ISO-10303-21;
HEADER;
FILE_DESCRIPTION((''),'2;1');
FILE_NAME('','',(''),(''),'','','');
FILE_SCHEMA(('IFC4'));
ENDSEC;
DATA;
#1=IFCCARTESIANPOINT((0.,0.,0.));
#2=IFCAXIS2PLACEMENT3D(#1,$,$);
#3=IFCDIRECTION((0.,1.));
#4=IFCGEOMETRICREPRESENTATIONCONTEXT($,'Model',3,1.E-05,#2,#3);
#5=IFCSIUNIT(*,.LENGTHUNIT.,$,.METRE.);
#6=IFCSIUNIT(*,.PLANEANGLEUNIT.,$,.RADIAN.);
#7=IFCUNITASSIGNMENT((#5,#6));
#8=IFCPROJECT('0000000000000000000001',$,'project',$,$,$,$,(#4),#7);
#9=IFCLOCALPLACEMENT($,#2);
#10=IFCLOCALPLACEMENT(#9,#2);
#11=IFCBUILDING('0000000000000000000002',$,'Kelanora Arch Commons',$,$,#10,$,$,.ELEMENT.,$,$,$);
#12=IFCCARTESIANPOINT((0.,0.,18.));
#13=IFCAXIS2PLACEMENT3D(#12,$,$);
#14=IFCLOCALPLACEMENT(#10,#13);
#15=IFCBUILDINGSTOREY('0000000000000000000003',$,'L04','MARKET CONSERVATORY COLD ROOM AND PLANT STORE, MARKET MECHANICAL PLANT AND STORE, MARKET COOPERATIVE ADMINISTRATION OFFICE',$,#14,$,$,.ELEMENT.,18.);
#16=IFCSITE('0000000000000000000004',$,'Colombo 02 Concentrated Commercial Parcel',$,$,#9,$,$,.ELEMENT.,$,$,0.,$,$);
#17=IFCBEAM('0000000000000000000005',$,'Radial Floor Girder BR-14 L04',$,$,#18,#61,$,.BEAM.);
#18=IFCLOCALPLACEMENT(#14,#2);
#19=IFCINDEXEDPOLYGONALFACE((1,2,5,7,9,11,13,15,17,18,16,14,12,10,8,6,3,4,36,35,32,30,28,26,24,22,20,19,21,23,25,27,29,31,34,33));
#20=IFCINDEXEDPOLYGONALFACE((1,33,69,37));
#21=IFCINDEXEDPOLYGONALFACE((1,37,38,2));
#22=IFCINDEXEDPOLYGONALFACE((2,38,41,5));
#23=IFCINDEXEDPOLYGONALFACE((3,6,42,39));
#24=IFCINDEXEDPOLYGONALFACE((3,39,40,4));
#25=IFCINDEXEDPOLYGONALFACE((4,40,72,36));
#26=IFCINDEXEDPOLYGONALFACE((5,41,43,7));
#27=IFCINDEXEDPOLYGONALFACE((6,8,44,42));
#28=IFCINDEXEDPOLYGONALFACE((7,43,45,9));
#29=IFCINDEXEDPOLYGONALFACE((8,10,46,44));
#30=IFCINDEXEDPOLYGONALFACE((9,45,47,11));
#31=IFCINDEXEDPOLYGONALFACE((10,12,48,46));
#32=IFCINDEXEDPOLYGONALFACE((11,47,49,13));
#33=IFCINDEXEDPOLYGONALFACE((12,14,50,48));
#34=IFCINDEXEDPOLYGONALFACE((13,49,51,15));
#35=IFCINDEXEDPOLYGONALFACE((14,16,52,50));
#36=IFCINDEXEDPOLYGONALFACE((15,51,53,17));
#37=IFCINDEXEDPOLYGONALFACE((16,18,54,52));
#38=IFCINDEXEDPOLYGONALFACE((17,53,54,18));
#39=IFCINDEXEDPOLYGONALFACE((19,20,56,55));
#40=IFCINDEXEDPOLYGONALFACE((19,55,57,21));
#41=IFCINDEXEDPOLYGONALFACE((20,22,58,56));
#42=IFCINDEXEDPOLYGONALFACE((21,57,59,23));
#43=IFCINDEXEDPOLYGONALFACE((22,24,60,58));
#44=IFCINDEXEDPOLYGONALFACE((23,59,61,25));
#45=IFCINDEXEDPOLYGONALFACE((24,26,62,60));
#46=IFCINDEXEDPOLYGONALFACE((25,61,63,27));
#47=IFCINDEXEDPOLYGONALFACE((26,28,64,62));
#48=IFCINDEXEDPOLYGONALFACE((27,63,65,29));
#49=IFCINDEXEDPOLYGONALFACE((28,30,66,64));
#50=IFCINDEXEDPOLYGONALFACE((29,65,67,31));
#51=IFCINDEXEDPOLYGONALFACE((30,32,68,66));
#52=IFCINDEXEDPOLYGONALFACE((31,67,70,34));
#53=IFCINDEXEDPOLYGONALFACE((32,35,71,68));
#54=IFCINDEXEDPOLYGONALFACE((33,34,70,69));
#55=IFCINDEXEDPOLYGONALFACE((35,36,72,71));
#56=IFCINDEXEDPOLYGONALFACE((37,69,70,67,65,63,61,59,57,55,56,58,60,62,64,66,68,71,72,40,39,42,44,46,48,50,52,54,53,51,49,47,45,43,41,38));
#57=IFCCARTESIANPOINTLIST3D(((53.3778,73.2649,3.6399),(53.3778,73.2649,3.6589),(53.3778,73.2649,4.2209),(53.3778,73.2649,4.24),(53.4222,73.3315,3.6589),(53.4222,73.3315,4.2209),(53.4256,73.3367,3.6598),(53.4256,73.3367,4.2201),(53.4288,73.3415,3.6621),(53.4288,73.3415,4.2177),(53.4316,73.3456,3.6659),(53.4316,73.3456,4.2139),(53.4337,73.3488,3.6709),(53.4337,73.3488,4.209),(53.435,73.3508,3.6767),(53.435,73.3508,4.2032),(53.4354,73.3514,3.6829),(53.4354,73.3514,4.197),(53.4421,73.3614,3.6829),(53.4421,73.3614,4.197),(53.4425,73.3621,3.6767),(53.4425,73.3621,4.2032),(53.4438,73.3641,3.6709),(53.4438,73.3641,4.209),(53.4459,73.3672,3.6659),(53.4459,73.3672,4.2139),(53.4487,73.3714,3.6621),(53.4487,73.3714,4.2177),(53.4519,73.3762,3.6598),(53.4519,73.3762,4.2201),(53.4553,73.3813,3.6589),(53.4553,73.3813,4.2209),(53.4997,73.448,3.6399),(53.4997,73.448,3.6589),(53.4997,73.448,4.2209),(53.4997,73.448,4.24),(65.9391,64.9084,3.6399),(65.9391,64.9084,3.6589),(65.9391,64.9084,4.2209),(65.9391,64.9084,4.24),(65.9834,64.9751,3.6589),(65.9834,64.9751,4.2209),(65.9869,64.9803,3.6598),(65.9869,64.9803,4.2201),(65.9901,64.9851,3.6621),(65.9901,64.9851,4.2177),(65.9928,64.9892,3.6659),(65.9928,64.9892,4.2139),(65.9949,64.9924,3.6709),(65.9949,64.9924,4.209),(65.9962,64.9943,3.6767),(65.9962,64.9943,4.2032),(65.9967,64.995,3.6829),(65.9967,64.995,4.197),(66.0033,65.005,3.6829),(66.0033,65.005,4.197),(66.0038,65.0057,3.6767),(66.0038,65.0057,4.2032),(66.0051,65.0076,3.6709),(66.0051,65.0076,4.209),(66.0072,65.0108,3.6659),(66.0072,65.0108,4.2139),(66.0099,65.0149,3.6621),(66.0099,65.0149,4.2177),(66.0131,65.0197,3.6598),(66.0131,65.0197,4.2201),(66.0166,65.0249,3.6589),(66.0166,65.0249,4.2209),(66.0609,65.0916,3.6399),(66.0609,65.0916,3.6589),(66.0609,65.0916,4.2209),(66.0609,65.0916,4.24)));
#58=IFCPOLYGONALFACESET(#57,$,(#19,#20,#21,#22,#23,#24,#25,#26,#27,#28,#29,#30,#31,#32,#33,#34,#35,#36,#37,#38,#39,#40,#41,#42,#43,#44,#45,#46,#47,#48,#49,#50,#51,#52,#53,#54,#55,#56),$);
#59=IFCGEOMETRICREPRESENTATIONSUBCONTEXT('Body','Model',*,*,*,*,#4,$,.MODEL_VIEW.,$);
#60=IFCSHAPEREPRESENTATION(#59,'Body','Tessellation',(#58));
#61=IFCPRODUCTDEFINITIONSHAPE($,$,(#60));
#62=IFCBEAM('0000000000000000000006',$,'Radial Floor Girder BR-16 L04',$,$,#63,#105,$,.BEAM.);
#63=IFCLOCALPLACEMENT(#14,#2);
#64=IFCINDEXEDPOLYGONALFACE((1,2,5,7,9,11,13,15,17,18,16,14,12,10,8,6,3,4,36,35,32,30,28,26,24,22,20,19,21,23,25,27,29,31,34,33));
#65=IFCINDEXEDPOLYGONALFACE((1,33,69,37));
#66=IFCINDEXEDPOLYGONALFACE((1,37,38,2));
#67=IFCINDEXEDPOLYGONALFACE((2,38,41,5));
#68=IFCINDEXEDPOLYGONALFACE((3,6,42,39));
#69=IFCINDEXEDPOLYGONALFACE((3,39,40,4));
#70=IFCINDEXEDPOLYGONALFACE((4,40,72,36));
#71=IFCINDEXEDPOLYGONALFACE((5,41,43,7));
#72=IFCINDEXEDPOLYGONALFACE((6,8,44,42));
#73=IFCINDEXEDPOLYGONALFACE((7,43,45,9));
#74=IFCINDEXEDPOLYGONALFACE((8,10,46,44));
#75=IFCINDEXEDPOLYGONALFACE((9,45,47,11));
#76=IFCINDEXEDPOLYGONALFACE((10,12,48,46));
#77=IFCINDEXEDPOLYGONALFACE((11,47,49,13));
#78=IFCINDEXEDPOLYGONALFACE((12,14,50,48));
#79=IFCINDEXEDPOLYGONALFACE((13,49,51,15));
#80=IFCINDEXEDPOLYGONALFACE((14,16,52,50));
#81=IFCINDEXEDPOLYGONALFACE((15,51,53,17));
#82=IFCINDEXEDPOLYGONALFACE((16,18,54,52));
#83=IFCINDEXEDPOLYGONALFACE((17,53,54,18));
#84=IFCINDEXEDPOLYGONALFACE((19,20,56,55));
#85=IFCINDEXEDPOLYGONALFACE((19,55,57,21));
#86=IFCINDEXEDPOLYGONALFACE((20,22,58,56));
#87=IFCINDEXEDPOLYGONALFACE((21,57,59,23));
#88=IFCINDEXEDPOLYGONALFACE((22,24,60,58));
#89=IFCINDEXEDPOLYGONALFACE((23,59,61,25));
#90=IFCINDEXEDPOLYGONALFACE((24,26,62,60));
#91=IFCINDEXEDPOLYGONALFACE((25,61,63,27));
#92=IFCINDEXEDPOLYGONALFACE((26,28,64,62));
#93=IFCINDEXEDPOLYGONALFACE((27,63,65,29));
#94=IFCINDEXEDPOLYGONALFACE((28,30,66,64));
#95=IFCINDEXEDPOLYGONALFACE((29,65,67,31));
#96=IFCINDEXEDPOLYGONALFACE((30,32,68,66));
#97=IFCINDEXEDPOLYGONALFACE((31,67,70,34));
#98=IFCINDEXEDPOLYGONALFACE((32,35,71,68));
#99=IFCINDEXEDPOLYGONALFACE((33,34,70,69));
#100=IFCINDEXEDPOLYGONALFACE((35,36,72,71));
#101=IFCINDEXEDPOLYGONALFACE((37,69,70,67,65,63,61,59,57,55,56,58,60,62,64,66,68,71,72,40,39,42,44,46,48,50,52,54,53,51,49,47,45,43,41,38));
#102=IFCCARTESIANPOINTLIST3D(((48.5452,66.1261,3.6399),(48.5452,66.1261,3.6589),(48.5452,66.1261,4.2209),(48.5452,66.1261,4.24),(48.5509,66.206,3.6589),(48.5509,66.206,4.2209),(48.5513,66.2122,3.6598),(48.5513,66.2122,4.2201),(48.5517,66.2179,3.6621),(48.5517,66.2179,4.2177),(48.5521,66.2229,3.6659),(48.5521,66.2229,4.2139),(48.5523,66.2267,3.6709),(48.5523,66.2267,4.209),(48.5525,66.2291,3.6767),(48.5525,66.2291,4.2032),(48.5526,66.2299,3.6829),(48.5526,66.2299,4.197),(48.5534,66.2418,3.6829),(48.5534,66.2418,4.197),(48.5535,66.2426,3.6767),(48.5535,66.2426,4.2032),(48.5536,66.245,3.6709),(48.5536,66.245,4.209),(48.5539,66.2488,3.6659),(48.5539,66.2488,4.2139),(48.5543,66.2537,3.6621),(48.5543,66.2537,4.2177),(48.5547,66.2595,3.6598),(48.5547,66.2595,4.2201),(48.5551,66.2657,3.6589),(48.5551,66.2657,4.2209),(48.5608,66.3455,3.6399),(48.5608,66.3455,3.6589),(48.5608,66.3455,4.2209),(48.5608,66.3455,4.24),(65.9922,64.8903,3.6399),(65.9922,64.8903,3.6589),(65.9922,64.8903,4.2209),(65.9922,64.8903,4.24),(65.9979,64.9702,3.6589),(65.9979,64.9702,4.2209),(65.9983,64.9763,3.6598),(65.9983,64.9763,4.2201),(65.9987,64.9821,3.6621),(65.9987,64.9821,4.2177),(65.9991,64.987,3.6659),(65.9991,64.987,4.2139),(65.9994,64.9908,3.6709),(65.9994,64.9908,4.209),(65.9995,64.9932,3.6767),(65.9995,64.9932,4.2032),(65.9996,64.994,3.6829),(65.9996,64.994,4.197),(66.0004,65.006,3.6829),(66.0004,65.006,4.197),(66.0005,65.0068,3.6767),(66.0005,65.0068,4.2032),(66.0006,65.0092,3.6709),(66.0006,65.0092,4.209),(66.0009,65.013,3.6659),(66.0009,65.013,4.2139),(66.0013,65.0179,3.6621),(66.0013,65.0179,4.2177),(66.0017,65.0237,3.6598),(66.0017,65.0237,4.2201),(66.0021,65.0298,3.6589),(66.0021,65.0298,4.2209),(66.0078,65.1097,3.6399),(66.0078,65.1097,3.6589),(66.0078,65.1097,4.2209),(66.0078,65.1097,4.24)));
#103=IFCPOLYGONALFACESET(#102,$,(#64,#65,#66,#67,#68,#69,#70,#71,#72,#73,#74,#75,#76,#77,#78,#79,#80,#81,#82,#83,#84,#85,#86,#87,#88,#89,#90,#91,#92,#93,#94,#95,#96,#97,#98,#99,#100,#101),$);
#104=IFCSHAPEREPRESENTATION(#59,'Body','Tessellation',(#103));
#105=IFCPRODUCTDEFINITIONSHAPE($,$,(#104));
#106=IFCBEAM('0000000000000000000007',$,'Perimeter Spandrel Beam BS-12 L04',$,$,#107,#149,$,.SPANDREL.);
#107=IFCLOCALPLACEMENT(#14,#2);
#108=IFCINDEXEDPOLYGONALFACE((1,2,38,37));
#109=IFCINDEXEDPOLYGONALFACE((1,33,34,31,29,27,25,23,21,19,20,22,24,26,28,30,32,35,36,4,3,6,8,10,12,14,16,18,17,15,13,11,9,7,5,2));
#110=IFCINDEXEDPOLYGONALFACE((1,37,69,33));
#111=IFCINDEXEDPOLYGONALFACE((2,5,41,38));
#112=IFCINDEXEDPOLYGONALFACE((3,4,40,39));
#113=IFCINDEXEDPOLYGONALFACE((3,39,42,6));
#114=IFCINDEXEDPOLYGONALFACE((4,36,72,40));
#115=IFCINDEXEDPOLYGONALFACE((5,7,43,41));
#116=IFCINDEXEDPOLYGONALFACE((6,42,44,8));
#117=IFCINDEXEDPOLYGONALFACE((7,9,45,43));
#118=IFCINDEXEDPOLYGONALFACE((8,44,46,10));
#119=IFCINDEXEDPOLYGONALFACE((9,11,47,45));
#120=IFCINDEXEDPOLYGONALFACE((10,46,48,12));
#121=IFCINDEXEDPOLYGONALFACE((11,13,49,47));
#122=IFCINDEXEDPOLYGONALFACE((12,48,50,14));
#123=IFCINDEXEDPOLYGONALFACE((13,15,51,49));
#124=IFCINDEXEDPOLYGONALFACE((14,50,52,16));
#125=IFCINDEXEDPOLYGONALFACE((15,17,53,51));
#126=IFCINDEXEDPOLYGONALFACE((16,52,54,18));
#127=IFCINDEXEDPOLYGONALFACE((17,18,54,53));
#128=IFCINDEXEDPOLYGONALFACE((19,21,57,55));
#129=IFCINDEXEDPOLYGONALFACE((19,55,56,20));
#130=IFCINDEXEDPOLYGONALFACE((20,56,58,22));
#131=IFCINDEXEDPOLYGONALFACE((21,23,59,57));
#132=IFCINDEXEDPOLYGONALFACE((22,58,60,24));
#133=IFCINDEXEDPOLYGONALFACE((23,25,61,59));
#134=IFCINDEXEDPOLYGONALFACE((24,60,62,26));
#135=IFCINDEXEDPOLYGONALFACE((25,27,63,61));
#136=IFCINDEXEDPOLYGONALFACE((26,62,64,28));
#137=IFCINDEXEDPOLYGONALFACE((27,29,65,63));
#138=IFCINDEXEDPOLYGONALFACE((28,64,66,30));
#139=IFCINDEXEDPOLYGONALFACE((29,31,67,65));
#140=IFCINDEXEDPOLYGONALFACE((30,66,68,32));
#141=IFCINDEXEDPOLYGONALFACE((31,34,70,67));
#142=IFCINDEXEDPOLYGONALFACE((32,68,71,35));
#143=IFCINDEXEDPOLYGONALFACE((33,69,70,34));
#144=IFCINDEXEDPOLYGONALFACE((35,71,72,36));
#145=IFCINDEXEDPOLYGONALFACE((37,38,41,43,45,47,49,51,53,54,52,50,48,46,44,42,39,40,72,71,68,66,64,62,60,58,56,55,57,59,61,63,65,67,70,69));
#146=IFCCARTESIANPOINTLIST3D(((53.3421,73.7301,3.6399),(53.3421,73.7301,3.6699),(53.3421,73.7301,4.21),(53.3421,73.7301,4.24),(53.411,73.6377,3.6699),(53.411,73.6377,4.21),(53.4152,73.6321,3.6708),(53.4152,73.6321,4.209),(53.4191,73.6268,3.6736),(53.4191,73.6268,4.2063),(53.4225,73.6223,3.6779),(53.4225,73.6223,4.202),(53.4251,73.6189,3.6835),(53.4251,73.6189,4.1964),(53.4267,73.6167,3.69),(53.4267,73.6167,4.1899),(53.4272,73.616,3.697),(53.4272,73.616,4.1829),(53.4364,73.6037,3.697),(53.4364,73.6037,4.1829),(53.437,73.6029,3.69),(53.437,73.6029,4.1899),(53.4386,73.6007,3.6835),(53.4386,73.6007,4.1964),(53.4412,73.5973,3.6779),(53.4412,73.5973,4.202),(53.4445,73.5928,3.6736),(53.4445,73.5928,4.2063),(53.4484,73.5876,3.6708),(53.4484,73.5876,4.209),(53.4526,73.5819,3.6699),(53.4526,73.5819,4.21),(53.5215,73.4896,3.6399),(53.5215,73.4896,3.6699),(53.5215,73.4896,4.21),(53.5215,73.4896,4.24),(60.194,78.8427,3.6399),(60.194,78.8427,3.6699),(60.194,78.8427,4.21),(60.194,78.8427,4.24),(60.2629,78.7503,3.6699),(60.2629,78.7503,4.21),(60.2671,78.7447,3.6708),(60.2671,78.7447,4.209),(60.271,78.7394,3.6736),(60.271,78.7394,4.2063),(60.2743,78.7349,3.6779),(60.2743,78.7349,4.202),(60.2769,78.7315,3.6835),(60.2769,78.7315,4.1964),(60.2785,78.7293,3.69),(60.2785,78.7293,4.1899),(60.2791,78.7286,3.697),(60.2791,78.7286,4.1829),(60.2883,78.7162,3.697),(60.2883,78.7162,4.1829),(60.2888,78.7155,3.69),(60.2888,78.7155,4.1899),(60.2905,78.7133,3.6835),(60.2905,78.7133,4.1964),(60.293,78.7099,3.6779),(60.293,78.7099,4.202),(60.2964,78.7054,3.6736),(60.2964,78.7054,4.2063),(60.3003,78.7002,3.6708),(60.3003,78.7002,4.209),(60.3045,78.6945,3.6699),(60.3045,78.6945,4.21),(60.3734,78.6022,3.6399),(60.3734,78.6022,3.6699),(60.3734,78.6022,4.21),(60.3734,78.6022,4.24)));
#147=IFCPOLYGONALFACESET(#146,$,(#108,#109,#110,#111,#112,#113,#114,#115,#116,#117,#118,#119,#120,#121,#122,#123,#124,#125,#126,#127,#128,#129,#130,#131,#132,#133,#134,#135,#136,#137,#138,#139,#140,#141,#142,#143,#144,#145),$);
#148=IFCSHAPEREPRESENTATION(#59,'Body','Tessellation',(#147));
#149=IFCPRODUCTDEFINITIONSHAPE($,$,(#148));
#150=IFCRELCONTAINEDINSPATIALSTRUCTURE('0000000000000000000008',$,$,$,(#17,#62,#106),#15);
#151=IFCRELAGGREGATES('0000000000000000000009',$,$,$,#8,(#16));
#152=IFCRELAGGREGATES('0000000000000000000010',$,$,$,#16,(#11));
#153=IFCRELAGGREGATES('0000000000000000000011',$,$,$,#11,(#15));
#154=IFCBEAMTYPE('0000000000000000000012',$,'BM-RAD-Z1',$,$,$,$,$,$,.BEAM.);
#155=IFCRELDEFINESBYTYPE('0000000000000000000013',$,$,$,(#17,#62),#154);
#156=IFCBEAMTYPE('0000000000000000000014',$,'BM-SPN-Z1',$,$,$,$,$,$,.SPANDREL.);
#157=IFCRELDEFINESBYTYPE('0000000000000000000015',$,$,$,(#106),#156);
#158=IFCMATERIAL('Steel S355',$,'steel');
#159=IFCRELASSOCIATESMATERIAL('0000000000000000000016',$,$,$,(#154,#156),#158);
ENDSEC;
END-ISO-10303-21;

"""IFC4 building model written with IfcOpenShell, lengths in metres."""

from ifc_helpers import new_model, si_unit, direction, frame, origin, origin_2d, place, context, subcontext, project, spatial, i_section, extrude, material, material_profile, profile_set, type_object, element, save


model = new_model("IFC4")

# Units and contexts
model_context = context("Model", 3, precision=1e-05, world=origin(), true_north=direction((0.0, 1.0)))
body_context = subcontext(model_context, "Body", "Model", "MODEL_VIEW")
ifc_project = project(units=[si_unit("LENGTHUNIT", "METRE"), si_unit("PLANEANGLEUNIT", "RADIAN")], contexts=[model_context])

# Site, building, storey
site_placement = place(None, origin())
site = spatial("IfcSite", under=ifc_project, at=site_placement, Name="Colombo 02 Concentrated Commercial Parcel", CompositionType="ELEMENT", RefElevation=0.0)
building_placement = place(site_placement, origin())
building = spatial("IfcBuilding", under=site, at=building_placement, Name="Kelanora Arch Commons", CompositionType="ELEMENT")
storey_placement = place(building_placement, frame((0.0, 0.0, 18.0)))
storey = spatial("IfcBuildingStorey", under=building, at=storey_placement, Name="L04", Description="MARKET CONSERVATORY COLD ROOM AND PLANT STORE, MARKET MECHANICAL PLANT AND STORE, MARKET COOPERATIVE ADMINISTRATION OFFICE", CompositionType="ELEMENT", Elevation=18.0)

# Beams
ifc_material_1 = material(Name="Steel S355", Category="steel")
ifc_material_profile_1 = material_profile(ifc_material_1, i_section(OverallWidth=0.22, OverallDepth=0.6001, WebThickness=0.012, FlangeThickness=0.019, FilletRadius=0.0239, at=origin_2d()), Name="IPE600")
ifc_profile_set_1 = profile_set([ifc_material_profile_1], Name="Steel S355")
beam_type_1 = type_object("IfcBeamType", Name="BM-RAD-Z1", PredefinedType="BEAM", material=ifc_profile_set_1)
beam_1_placement = place(storey_placement, frame((66.0, 65.0, 3.9399), z_axis=(-0.832593, 0.553886, 0.0), x_axis=(-0.553886, -0.832593, 0.0)))
element("IfcBeam", 1, at=beam_1_placement, inside=storey, type_object=beam_type_1, Name="Radial Floor Girder BR-14 L04", PredefinedType="BEAM", context=body_context, shape_type="SweptSolid", body=[
    extrude(i_section(OverallWidth=0.22, OverallDepth=0.6001, WebThickness=0.012, FlangeThickness=0.019, FilletRadius=0.0239, at=origin_2d()), origin(), (0.0, 0.0, 1.0), 15.0869),
])
beam_2_placement = place(storey_placement, frame((66.0, 65.0, 3.9399), z_axis=(-0.997501, 0.070657, 0.0), x_axis=(-0.070657, -0.997501, 0.0)))
element("IfcBeam", 2, at=beam_2_placement, inside=storey, type_object=beam_type_1, Name="Radial Floor Girder BR-16 L04", PredefinedType="BEAM", context=body_context, shape_type="SweptSolid", body=[
    extrude(i_section(OverallWidth=0.22, OverallDepth=0.6001, WebThickness=0.012, FlangeThickness=0.019, FilletRadius=0.0239, at=origin_2d()), origin(), (0.0, 0.0, 1.0), 17.4907),
])
ifc_material_profile_2 = material_profile(ifc_material_1, i_section(OverallWidth=0.3, OverallDepth=0.6001, WebThickness=0.0154, FlangeThickness=0.03, FilletRadius=0.0271, at=origin_2d()), Name="HEB600")
ifc_profile_set_2 = profile_set([ifc_material_profile_2], Name="Steel S355")
beam_type_2 = type_object("IfcBeamType", Name="BM-SPN-Z1", PredefinedType="SPANDREL", material=ifc_profile_set_2)
beam_3_placement = place(storey_placement, frame((60.2837, 78.7224, 3.9399), z_axis=(-0.801475, -0.598029, 0.0), x_axis=(0.598029, -0.801475, 0.0)))
element("IfcBeam", 3, at=beam_3_placement, inside=storey, type_object=beam_type_2, Name="Perimeter Spandrel Beam BS-12 L04", PredefinedType="SPANDREL", context=body_context, shape_type="SweptSolid", body=[
    extrude(i_section(OverallWidth=0.3, OverallDepth=0.6001, WebThickness=0.0154, FlangeThickness=0.03, FilletRadius=0.0271, at=origin_2d()), origin(), (0.0, 0.0, 1.0), 8.5491),
])

save(model, "model.ifc")
